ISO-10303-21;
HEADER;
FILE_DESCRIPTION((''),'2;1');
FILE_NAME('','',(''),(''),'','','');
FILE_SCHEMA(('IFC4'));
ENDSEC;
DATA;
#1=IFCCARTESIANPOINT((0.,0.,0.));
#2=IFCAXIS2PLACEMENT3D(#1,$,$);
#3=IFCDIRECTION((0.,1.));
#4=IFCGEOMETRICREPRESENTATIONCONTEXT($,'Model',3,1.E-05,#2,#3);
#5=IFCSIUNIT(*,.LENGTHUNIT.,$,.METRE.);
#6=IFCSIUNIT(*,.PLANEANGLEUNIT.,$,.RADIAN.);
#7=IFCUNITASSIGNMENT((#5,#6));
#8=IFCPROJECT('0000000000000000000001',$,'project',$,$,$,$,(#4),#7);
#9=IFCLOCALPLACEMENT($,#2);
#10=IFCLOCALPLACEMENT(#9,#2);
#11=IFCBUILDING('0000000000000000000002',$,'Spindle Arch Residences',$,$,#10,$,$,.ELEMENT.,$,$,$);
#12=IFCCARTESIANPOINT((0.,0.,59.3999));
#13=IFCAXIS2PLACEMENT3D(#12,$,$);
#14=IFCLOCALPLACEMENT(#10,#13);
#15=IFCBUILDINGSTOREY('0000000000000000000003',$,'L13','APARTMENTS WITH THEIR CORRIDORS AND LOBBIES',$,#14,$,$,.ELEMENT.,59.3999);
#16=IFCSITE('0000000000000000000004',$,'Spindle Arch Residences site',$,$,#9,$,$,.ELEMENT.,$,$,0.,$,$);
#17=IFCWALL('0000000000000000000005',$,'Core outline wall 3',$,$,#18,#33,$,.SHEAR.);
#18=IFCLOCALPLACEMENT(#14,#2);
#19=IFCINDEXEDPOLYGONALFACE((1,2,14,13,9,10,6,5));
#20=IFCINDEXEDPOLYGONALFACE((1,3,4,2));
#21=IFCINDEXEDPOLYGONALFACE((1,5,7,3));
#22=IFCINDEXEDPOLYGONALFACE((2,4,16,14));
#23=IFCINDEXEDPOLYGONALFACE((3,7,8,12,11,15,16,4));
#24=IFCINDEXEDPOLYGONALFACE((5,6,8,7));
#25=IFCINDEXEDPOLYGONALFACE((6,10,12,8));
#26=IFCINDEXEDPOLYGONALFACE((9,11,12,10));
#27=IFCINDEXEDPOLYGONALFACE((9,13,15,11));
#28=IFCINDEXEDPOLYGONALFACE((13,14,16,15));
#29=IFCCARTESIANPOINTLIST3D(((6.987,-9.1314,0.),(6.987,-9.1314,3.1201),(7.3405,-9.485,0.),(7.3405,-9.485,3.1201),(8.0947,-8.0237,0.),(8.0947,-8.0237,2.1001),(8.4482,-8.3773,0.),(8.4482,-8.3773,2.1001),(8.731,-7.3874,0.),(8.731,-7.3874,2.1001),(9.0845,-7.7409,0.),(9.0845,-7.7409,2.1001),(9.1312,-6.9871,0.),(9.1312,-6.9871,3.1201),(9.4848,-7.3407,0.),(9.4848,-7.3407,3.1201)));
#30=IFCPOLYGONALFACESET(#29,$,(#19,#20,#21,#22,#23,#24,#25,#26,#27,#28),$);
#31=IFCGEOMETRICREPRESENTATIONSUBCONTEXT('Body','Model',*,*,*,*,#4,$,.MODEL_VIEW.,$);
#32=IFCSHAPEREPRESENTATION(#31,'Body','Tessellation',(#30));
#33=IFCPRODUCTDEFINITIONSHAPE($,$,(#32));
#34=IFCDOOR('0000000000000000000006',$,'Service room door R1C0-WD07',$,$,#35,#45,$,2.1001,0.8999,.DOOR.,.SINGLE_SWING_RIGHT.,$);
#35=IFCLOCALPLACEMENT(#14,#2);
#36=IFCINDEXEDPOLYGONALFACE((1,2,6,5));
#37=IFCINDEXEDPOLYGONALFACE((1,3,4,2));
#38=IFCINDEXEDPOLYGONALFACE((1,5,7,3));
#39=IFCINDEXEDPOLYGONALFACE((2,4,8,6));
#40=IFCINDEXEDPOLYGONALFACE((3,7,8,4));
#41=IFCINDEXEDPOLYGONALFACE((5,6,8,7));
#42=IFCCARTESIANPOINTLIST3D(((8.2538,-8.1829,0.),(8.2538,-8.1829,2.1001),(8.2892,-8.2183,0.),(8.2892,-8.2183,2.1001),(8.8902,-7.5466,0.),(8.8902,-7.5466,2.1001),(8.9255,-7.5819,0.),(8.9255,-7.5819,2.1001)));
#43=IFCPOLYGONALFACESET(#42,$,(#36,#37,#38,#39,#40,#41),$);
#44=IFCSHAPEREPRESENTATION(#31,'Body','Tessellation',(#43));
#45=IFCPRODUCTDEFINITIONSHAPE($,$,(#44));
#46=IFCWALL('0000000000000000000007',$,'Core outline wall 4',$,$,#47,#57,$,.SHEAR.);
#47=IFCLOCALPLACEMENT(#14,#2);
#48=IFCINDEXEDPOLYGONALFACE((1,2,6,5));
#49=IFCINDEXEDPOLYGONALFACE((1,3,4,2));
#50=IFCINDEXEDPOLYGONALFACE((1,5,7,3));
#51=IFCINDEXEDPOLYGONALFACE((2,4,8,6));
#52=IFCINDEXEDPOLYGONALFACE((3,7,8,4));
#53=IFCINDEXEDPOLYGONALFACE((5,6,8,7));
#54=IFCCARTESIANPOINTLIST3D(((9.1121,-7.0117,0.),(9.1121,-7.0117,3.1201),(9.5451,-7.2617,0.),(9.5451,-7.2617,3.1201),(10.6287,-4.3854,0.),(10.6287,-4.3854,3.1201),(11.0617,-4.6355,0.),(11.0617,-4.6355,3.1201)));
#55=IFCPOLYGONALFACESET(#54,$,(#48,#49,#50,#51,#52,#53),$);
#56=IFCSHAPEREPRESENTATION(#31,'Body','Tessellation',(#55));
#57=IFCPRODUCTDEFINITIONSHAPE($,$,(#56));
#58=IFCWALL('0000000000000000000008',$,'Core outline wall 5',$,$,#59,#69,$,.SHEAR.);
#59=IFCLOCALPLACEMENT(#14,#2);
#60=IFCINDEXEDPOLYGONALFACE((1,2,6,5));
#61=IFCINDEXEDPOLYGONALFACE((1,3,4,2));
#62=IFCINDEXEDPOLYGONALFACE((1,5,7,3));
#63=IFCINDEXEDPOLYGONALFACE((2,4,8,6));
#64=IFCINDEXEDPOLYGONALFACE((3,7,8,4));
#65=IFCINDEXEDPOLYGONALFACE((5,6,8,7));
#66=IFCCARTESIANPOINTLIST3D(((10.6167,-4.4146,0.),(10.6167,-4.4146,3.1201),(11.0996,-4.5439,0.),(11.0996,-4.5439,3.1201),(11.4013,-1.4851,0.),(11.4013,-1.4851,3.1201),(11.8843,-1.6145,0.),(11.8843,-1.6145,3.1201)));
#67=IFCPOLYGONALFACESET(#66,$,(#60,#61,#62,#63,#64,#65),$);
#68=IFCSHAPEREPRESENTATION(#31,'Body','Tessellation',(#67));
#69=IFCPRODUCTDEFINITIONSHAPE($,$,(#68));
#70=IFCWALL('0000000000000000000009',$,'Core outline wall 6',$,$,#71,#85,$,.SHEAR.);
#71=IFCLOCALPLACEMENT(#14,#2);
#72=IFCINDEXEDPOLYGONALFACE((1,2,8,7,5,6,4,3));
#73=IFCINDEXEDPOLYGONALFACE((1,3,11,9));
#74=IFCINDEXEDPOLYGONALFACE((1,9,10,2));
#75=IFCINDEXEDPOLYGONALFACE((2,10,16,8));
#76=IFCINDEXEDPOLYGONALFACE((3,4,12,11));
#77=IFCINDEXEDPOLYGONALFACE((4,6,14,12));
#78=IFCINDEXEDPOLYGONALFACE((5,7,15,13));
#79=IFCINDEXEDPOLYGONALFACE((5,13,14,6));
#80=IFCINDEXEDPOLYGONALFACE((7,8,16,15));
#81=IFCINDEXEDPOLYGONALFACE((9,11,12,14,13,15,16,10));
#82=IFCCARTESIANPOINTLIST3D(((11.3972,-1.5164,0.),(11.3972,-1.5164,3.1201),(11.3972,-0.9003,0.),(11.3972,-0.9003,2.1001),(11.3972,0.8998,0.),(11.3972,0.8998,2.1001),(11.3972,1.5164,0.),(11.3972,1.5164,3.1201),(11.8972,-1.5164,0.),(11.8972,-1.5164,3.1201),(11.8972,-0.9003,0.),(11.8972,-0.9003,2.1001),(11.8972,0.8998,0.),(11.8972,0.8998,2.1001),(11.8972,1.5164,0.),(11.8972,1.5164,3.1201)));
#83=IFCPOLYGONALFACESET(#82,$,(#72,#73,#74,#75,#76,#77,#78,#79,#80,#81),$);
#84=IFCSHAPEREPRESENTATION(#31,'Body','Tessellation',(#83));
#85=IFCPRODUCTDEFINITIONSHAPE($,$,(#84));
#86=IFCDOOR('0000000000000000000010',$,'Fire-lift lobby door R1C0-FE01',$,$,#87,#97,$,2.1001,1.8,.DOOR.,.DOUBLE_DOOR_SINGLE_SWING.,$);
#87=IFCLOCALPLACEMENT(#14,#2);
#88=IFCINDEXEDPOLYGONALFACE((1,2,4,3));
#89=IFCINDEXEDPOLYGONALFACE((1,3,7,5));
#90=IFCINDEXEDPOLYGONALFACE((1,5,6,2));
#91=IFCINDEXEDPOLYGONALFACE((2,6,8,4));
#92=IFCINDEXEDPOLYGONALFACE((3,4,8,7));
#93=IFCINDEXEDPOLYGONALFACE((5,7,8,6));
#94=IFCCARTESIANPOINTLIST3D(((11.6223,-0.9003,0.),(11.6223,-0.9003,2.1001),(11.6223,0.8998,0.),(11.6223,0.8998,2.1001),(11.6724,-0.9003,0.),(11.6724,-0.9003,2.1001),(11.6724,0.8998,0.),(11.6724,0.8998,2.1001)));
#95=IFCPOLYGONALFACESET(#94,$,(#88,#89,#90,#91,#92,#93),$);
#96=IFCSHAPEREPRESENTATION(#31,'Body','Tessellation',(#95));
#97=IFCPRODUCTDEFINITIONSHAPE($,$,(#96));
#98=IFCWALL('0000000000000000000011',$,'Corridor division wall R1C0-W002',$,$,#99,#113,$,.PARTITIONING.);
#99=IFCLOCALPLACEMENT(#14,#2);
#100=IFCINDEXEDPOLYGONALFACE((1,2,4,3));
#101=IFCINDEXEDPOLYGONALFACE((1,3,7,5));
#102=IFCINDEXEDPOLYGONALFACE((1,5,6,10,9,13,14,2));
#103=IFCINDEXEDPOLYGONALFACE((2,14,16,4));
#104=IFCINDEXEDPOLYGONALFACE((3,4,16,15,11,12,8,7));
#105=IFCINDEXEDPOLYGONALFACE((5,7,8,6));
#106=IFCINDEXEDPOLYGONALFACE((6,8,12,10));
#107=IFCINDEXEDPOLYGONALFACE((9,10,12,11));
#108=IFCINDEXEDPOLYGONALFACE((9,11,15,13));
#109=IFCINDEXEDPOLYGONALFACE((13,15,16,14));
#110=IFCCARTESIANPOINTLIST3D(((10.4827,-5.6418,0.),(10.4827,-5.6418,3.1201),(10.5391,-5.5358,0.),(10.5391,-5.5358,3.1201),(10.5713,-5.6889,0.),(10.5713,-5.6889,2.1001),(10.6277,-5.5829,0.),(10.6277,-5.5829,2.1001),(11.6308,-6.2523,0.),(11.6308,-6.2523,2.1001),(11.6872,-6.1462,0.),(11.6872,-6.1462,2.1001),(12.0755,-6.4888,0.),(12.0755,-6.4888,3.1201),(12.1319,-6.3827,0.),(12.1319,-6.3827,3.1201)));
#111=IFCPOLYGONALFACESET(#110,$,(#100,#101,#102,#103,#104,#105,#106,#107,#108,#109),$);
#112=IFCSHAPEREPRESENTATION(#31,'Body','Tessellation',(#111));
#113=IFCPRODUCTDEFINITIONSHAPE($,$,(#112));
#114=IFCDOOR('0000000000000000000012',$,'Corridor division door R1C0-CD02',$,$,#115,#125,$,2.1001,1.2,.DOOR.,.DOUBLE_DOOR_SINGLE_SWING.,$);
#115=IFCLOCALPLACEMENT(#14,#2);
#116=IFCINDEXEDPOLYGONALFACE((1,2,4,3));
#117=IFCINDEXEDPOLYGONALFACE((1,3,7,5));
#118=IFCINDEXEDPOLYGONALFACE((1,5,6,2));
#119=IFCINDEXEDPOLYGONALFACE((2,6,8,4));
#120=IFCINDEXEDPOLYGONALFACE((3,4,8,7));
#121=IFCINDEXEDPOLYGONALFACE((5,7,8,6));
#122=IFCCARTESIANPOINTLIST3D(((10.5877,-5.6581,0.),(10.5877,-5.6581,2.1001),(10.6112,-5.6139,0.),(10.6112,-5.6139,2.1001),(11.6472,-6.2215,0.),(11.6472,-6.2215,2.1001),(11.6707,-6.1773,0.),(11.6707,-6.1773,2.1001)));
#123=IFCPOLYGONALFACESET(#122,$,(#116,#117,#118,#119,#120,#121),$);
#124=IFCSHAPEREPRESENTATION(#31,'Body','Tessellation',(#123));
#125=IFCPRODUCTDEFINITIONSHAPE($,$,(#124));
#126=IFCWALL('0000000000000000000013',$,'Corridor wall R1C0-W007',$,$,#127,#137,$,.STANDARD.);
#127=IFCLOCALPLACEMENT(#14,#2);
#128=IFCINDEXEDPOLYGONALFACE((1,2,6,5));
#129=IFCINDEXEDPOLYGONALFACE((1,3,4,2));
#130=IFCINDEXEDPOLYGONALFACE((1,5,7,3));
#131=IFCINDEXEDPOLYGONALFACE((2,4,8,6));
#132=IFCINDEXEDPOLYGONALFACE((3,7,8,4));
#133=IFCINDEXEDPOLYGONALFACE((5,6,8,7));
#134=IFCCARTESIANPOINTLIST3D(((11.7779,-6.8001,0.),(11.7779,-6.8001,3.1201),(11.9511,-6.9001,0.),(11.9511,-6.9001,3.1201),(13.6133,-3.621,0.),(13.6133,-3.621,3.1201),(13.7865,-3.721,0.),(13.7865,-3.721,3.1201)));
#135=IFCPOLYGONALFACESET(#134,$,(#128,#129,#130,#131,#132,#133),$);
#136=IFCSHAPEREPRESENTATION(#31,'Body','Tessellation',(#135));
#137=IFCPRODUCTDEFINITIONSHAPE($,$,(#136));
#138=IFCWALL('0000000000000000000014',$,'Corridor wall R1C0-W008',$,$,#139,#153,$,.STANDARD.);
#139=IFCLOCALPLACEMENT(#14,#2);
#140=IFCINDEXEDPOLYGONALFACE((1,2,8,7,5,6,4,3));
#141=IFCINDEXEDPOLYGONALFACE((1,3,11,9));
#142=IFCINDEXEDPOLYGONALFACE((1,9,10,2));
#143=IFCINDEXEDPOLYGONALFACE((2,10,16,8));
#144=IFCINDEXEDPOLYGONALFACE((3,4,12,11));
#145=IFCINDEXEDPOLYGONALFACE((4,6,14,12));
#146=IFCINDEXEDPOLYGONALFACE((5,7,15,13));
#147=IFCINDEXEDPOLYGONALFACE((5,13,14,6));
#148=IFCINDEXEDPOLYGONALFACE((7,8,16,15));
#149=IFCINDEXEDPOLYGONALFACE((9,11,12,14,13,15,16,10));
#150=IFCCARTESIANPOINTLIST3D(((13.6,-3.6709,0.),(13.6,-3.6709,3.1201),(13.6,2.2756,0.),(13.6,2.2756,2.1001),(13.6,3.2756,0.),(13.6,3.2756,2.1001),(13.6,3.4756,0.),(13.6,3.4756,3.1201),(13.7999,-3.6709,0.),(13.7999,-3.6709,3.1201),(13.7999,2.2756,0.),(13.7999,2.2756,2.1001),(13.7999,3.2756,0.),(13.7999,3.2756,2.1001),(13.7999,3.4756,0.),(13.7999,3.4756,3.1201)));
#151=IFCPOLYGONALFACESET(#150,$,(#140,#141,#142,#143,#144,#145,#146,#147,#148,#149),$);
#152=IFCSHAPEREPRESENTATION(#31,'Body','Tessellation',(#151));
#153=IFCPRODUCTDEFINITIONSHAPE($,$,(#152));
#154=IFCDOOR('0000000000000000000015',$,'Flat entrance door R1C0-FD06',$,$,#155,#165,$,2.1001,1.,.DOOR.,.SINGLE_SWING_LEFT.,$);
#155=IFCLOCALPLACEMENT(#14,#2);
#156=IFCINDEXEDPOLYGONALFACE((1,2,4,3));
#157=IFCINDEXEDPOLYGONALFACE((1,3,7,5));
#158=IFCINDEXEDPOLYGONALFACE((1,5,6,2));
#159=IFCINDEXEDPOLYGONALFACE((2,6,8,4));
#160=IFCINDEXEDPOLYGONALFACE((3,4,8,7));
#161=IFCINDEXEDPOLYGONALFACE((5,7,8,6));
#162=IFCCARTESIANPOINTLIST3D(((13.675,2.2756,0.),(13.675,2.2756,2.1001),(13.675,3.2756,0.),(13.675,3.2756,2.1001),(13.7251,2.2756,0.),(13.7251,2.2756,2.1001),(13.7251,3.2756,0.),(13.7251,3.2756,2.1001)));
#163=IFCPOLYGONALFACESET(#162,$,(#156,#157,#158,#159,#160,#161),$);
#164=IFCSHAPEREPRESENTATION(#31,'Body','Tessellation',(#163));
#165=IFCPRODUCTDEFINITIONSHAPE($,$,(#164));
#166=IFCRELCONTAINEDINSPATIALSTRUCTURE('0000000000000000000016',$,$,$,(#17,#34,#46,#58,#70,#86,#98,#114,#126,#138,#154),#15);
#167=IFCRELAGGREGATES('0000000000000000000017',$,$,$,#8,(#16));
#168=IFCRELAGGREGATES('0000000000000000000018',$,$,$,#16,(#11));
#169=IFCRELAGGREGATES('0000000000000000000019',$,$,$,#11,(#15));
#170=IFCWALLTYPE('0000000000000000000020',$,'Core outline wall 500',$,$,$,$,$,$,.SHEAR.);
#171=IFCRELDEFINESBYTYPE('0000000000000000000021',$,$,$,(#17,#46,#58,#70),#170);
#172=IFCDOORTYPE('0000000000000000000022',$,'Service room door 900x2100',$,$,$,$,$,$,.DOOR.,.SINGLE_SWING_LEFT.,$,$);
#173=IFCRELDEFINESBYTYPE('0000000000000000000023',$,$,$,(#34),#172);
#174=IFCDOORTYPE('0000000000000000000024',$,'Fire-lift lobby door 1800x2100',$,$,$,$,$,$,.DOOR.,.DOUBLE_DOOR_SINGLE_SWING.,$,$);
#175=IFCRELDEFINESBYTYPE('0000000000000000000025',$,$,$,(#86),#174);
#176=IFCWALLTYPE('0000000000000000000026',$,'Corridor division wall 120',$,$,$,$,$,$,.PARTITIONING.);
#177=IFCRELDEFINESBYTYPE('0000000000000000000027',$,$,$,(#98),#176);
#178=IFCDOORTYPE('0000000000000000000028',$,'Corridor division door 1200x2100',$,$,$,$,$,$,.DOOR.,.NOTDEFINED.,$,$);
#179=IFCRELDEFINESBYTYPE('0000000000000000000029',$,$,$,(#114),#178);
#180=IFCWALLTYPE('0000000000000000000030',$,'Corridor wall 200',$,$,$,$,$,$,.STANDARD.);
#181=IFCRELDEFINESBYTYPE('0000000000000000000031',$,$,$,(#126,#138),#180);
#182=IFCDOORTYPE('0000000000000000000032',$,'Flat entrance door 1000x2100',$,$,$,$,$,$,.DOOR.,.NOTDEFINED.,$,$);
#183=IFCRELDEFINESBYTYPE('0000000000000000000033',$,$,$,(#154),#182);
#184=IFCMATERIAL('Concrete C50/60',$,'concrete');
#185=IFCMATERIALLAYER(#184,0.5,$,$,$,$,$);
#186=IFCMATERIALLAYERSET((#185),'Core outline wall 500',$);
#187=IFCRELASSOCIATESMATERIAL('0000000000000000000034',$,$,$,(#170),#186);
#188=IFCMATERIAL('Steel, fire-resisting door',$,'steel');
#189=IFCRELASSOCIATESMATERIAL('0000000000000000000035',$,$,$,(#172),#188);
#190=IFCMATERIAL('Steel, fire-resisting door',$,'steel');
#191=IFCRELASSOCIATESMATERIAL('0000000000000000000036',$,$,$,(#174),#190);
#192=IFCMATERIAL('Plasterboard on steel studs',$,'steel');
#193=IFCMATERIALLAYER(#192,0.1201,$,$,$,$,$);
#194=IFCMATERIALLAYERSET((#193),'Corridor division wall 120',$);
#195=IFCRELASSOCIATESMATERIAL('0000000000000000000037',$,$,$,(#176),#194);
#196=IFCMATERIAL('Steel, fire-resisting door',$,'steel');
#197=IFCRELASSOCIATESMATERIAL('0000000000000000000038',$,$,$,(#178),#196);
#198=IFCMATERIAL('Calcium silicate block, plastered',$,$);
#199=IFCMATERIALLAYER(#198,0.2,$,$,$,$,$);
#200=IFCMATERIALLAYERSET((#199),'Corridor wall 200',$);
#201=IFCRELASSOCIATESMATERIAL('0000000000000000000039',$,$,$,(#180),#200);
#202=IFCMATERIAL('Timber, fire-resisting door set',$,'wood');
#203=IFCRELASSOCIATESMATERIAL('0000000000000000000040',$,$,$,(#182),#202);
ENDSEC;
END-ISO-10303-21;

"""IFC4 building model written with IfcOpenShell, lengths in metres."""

from ifc_helpers import new_model, si_unit, direction, frame, frame_2d, origin, place, context, subcontext, project, spatial, rectangle, extrude, material, layer, layer_set, type_object, element, fill, save


model = new_model("IFC4")

# Units and contexts
model_context = context("Model", 3, precision=1e-05, world=origin(), true_north=direction((0.0, 1.0)))
body_context = subcontext(model_context, "Body", "Model", "MODEL_VIEW")
ifc_project = project(units=[si_unit("LENGTHUNIT", "METRE"), si_unit("PLANEANGLEUNIT", "RADIAN")], contexts=[model_context])

# Site, building, storey
site_placement = place(None, origin())
site = spatial("IfcSite", under=ifc_project, at=site_placement, Name="Spindle Arch Residences site", CompositionType="ELEMENT", RefElevation=0.0)
building_placement = place(site_placement, origin())
building = spatial("IfcBuilding", under=site, at=building_placement, Name="Spindle Arch Residences", CompositionType="ELEMENT")
storey_placement = place(building_placement, frame((0.0, 0.0, 59.3999)))
storey = spatial("IfcBuildingStorey", under=building, at=storey_placement, Name="L13", Description="APARTMENTS WITH THEIR CORRIDORS AND LOBBIES", CompositionType="ELEMENT", Elevation=59.3999)

# Wall, opening, door
ifc_material_1 = material(Name="Concrete C50/60", Category="concrete")
ifc_layer_1 = layer(ifc_material_1, 0.5)
ifc_layer_set_1 = layer_set([ifc_layer_1], Name="Core outline wall 500")
wall_type_1 = type_object("IfcWallType", Name="Core outline wall 500", PredefinedType="SHEAR", material=ifc_layer_set_1)
wall_1_placement = place(storey_placement, frame((7.1638, -9.3081, 0.0), z_axis=(0.0, 0.0, 1.0), x_axis=(0.707107, 0.707107, 0.0)))
wall_1 = element("IfcWall", 1, at=wall_1_placement, inside=storey, type_object=wall_type_1, Name="Core outline wall 3", PredefinedType="SHEAR", context=body_context, shape_type="SweptSolid", body=[
    extrude(rectangle(XDim=3.0325, YDim=0.5, at=frame_2d((1.5161, 0.0))), origin(), (0.0, 0.0, 1.0), 3.1201),
])
opening_1_placement = place(wall_1_placement, frame((1.5664, 0.0, 0.0)))
opening_1 = element("IfcOpeningElement", 2, at=opening_1_placement, cuts=wall_1, PredefinedType="OPENING", context=body_context, shape_type="SweptSolid", body=[
    extrude(rectangle(XDim=0.8999, YDim=2.1001, at=frame_2d((0.45, 1.05))), frame((0.0, 0.26, 0.0), z_axis=(0.0, -1.0, 0.0), x_axis=(1.0, 0.0, 0.0)), (0.0, 0.0, 1.0), 0.52),
])
ifc_material_2 = material(Name="Steel, fire-resisting door", Category="steel")
door_type_1 = type_object("IfcDoorType", Name="Service room door 900x2100", OperationType="SINGLE_SWING_LEFT", PredefinedType="DOOR", material=ifc_material_2)
door_1_placement = place(opening_1_placement, origin())
door_1 = element("IfcDoor", 3, at=door_1_placement, inside=storey, type_object=door_type_1, Name="Service room door R1C0-WD07", OperationType="SINGLE_SWING_RIGHT", OverallHeight=2.1001, OverallWidth=0.8999, PredefinedType="DOOR", context=body_context, shape_type="SweptSolid", body=[
    extrude(rectangle(XDim=0.8999, YDim=2.1001, at=frame_2d((0.45, 1.05))), frame((0.0, 0.0249, 0.0), z_axis=(0.0, -1.0, 0.0), x_axis=(1.0, 0.0, 0.0)), (0.0, 0.0, 1.0), 0.05),
])
fill(opening_1, door_1)

# Walls
for number, where, z_axis, x_axis, name in (
    (4, (9.3286, -7.1367, 0.0), (0.0, 0.0, 1.0), (0.500087, 0.865975, 0.0), "Core outline wall 4"),
    (5, (10.8582, -4.4792, 0.0), (0.0, 0.0, 1.0), (0.258735, 0.965948, 0.0), "Core outline wall 5"),
):
    element("IfcWall", number, at=place(storey_placement, frame(where, z_axis=z_axis, x_axis=x_axis)), inside=storey, type_object=wall_type_1, Name=name, PredefinedType="SHEAR", context=body_context, shape_type="SweptSolid", body=[
        extrude(rectangle(XDim=3.0327, YDim=0.5, at=frame_2d((1.5164, 0.0))), origin(), (0.0, 0.0, 1.0), 3.1201),
    ])

# Walls, openings, doors
wall_2_placement = place(storey_placement, frame((11.6472, -1.5164, 0.0), z_axis=(0.0, 0.0, 1.0), x_axis=(0.0, 1.0, 0.0)))
wall_2 = element("IfcWall", 6, at=wall_2_placement, inside=storey, type_object=wall_type_1, Name="Core outline wall 6", PredefinedType="SHEAR", context=body_context, shape_type="SweptSolid", body=[
    extrude(rectangle(XDim=3.0327, YDim=0.5, at=frame_2d((1.5164, 0.0))), origin(), (0.0, 0.0, 1.0), 3.1201),
])
opening_2_placement = place(wall_2_placement, frame((0.6162, 0.0, 0.0)))
opening_2 = element("IfcOpeningElement", 7, at=opening_2_placement, cuts=wall_2, PredefinedType="OPENING", context=body_context, shape_type="SweptSolid", body=[
    extrude(rectangle(XDim=1.8, YDim=2.1001, at=frame_2d((0.8999, 1.05))), frame((0.0, 0.26, 0.0), z_axis=(0.0, -1.0, 0.0), x_axis=(1.0, 0.0, 0.0)), (0.0, 0.0, 1.0), 0.52),
])
ifc_material_3 = material(Name="Steel, fire-resisting door", Category="steel")
door_type_2 = type_object("IfcDoorType", Name="Fire-lift lobby door 1800x2100", OperationType="DOUBLE_DOOR_SINGLE_SWING", PredefinedType="DOOR", material=ifc_material_3)
door_2_placement = place(opening_2_placement, origin())
door_2 = element("IfcDoor", 8, at=door_2_placement, inside=storey, type_object=door_type_2, Name="Fire-lift lobby door R1C0-FE01", OperationType="DOUBLE_DOOR_SINGLE_SWING", OverallHeight=2.1001, OverallWidth=1.8, PredefinedType="DOOR", context=body_context, shape_type="SweptSolid", body=[
    extrude(rectangle(XDim=1.8, YDim=2.1001, at=frame_2d((0.8999, 1.05))), frame((0.0, 0.0249, 0.0), z_axis=(0.0, -1.0, 0.0), x_axis=(1.0, 0.0, 0.0)), (0.0, 0.0, 1.0), 0.05),
])
fill(opening_2, door_2)
ifc_material_4 = material(Name="Plasterboard on steel studs", Category="steel")
ifc_layer_2 = layer(ifc_material_4, 0.1201)
ifc_layer_set_2 = layer_set([ifc_layer_2], Name="Corridor division wall 120")
wall_type_2 = type_object("IfcWallType", Name="Corridor division wall 120", PredefinedType="PARTITIONING", material=ifc_layer_set_2)
wall_3_placement = place(storey_placement, frame((10.511, -5.5889, 0.0), z_axis=(0.0, 0.0, 1.0), x_axis=(0.88294, -0.469485, 0.0)))
wall_3 = element("IfcWall", 9, at=wall_3_placement, inside=storey, type_object=wall_type_2, Name="Corridor division wall R1C0-W002", PredefinedType="PARTITIONING", context=body_context, shape_type="SweptSolid", body=[
    extrude(rectangle(XDim=1.804, YDim=0.1201, at=frame_2d((0.9019, 0.0))), origin(), (0.0, 0.0, 1.0), 3.1201),
])
opening_3_placement = place(wall_3_placement, frame((0.1001, 0.0, 0.0)))
opening_3 = element("IfcOpeningElement", 10, at=opening_3_placement, cuts=wall_3, PredefinedType="OPENING", context=body_context, shape_type="SweptSolid", body=[
    extrude(rectangle(XDim=1.2, YDim=2.1001, at=frame_2d((0.6001, 1.05))), frame((0.0, 0.0701, 0.0), z_axis=(0.0, -1.0, 0.0), x_axis=(1.0, 0.0, 0.0)), (0.0, 0.0, 1.0), 0.1401),
])
ifc_material_5 = material(Name="Steel, fire-resisting door", Category="steel")
door_type_3 = type_object("IfcDoorType", Name="Corridor division door 1200x2100", OperationType="NOTDEFINED", PredefinedType="DOOR", material=ifc_material_5)
door_3_placement = place(opening_3_placement, origin())
door_3 = element("IfcDoor", 11, at=door_3_placement, inside=storey, type_object=door_type_3, Name="Corridor division door R1C0-CD02", OperationType="DOUBLE_DOOR_SINGLE_SWING", OverallHeight=2.1001, OverallWidth=1.2, PredefinedType="DOOR", context=body_context, shape_type="SweptSolid", body=[
    extrude(rectangle(XDim=1.2, YDim=2.1001, at=frame_2d((0.6001, 1.05))), frame((0.0, 0.0249, 0.0), z_axis=(0.0, -1.0, 0.0), x_axis=(1.0, 0.0, 0.0)), (0.0, 0.0, 1.0), 0.05),
])
fill(opening_3, door_3)

# Wall
ifc_material_6 = material(Name="Calcium silicate block, plastered")
ifc_layer_3 = layer(ifc_material_6, 0.2)
ifc_layer_set_3 = layer_set([ifc_layer_3], Name="Corridor wall 200")
wall_type_3 = type_object("IfcWallType", Name="Corridor wall 200", PredefinedType="STANDARD", material=ifc_layer_set_3)
wall_4_placement = place(storey_placement, frame((11.8645, -6.8501, 0.0), z_axis=(0.0, 0.0, 1.0), x_axis=(0.499987, 0.866033, 0.0)))
element("IfcWall", 12, at=wall_4_placement, inside=storey, type_object=wall_type_3, Name="Corridor wall R1C0-W007", PredefinedType="STANDARD", context=body_context, shape_type="SweptSolid", body=[
    extrude(rectangle(XDim=3.6709, YDim=0.2, at=frame_2d((1.8354, 0.0))), origin(), (0.0, 0.0, 1.0), 3.1201),
])

# Wall, opening, door
wall_5_placement = place(storey_placement, frame((13.7, -3.6709, 0.0), z_axis=(0.0, 0.0, 1.0), x_axis=(0.0, 1.0, 0.0)))
wall_5 = element("IfcWall", 13, at=wall_5_placement, inside=storey, type_object=wall_type_3, Name="Corridor wall R1C0-W008", PredefinedType="STANDARD", context=body_context, shape_type="SweptSolid", body=[
    extrude(rectangle(XDim=7.1465, YDim=0.2, at=frame_2d((3.5732, 0.0))), origin(), (0.0, 0.0, 1.0), 3.1201),
])
opening_4_placement = place(wall_5_placement, frame((5.9465, 0.0, 0.0)))
opening_4 = element("IfcOpeningElement", 14, at=opening_4_placement, cuts=wall_5, PredefinedType="OPENING", context=body_context, shape_type="SweptSolid", body=[
    extrude(rectangle(XDim=1.0, YDim=2.1001, at=frame_2d((0.5, 1.05))), frame((0.0, 0.1099, 0.0), z_axis=(0.0, -1.0, 0.0), x_axis=(1.0, 0.0, 0.0)), (0.0, 0.0, 1.0), 0.22),
])
ifc_material_7 = material(Name="Timber, fire-resisting door set", Category="wood")
door_type_4 = type_object("IfcDoorType", Name="Flat entrance door 1000x2100", OperationType="NOTDEFINED", PredefinedType="DOOR", material=ifc_material_7)
door_4_placement = place(opening_4_placement, origin())
door_4 = element("IfcDoor", 15, at=door_4_placement, inside=storey, type_object=door_type_4, Name="Flat entrance door R1C0-FD06", OperationType="SINGLE_SWING_LEFT", OverallHeight=2.1001, OverallWidth=1.0, PredefinedType="DOOR", context=body_context, shape_type="SweptSolid", body=[
    extrude(rectangle(XDim=1.0, YDim=2.1001, at=frame_2d((0.5, 1.05))), frame((0.0, 0.0249, 0.0), z_axis=(0.0, -1.0, 0.0), x_axis=(1.0, 0.0, 0.0)), (0.0, 0.0, 1.0), 0.05),
])
fill(opening_4, door_4)

save(model, "model.ifc")
